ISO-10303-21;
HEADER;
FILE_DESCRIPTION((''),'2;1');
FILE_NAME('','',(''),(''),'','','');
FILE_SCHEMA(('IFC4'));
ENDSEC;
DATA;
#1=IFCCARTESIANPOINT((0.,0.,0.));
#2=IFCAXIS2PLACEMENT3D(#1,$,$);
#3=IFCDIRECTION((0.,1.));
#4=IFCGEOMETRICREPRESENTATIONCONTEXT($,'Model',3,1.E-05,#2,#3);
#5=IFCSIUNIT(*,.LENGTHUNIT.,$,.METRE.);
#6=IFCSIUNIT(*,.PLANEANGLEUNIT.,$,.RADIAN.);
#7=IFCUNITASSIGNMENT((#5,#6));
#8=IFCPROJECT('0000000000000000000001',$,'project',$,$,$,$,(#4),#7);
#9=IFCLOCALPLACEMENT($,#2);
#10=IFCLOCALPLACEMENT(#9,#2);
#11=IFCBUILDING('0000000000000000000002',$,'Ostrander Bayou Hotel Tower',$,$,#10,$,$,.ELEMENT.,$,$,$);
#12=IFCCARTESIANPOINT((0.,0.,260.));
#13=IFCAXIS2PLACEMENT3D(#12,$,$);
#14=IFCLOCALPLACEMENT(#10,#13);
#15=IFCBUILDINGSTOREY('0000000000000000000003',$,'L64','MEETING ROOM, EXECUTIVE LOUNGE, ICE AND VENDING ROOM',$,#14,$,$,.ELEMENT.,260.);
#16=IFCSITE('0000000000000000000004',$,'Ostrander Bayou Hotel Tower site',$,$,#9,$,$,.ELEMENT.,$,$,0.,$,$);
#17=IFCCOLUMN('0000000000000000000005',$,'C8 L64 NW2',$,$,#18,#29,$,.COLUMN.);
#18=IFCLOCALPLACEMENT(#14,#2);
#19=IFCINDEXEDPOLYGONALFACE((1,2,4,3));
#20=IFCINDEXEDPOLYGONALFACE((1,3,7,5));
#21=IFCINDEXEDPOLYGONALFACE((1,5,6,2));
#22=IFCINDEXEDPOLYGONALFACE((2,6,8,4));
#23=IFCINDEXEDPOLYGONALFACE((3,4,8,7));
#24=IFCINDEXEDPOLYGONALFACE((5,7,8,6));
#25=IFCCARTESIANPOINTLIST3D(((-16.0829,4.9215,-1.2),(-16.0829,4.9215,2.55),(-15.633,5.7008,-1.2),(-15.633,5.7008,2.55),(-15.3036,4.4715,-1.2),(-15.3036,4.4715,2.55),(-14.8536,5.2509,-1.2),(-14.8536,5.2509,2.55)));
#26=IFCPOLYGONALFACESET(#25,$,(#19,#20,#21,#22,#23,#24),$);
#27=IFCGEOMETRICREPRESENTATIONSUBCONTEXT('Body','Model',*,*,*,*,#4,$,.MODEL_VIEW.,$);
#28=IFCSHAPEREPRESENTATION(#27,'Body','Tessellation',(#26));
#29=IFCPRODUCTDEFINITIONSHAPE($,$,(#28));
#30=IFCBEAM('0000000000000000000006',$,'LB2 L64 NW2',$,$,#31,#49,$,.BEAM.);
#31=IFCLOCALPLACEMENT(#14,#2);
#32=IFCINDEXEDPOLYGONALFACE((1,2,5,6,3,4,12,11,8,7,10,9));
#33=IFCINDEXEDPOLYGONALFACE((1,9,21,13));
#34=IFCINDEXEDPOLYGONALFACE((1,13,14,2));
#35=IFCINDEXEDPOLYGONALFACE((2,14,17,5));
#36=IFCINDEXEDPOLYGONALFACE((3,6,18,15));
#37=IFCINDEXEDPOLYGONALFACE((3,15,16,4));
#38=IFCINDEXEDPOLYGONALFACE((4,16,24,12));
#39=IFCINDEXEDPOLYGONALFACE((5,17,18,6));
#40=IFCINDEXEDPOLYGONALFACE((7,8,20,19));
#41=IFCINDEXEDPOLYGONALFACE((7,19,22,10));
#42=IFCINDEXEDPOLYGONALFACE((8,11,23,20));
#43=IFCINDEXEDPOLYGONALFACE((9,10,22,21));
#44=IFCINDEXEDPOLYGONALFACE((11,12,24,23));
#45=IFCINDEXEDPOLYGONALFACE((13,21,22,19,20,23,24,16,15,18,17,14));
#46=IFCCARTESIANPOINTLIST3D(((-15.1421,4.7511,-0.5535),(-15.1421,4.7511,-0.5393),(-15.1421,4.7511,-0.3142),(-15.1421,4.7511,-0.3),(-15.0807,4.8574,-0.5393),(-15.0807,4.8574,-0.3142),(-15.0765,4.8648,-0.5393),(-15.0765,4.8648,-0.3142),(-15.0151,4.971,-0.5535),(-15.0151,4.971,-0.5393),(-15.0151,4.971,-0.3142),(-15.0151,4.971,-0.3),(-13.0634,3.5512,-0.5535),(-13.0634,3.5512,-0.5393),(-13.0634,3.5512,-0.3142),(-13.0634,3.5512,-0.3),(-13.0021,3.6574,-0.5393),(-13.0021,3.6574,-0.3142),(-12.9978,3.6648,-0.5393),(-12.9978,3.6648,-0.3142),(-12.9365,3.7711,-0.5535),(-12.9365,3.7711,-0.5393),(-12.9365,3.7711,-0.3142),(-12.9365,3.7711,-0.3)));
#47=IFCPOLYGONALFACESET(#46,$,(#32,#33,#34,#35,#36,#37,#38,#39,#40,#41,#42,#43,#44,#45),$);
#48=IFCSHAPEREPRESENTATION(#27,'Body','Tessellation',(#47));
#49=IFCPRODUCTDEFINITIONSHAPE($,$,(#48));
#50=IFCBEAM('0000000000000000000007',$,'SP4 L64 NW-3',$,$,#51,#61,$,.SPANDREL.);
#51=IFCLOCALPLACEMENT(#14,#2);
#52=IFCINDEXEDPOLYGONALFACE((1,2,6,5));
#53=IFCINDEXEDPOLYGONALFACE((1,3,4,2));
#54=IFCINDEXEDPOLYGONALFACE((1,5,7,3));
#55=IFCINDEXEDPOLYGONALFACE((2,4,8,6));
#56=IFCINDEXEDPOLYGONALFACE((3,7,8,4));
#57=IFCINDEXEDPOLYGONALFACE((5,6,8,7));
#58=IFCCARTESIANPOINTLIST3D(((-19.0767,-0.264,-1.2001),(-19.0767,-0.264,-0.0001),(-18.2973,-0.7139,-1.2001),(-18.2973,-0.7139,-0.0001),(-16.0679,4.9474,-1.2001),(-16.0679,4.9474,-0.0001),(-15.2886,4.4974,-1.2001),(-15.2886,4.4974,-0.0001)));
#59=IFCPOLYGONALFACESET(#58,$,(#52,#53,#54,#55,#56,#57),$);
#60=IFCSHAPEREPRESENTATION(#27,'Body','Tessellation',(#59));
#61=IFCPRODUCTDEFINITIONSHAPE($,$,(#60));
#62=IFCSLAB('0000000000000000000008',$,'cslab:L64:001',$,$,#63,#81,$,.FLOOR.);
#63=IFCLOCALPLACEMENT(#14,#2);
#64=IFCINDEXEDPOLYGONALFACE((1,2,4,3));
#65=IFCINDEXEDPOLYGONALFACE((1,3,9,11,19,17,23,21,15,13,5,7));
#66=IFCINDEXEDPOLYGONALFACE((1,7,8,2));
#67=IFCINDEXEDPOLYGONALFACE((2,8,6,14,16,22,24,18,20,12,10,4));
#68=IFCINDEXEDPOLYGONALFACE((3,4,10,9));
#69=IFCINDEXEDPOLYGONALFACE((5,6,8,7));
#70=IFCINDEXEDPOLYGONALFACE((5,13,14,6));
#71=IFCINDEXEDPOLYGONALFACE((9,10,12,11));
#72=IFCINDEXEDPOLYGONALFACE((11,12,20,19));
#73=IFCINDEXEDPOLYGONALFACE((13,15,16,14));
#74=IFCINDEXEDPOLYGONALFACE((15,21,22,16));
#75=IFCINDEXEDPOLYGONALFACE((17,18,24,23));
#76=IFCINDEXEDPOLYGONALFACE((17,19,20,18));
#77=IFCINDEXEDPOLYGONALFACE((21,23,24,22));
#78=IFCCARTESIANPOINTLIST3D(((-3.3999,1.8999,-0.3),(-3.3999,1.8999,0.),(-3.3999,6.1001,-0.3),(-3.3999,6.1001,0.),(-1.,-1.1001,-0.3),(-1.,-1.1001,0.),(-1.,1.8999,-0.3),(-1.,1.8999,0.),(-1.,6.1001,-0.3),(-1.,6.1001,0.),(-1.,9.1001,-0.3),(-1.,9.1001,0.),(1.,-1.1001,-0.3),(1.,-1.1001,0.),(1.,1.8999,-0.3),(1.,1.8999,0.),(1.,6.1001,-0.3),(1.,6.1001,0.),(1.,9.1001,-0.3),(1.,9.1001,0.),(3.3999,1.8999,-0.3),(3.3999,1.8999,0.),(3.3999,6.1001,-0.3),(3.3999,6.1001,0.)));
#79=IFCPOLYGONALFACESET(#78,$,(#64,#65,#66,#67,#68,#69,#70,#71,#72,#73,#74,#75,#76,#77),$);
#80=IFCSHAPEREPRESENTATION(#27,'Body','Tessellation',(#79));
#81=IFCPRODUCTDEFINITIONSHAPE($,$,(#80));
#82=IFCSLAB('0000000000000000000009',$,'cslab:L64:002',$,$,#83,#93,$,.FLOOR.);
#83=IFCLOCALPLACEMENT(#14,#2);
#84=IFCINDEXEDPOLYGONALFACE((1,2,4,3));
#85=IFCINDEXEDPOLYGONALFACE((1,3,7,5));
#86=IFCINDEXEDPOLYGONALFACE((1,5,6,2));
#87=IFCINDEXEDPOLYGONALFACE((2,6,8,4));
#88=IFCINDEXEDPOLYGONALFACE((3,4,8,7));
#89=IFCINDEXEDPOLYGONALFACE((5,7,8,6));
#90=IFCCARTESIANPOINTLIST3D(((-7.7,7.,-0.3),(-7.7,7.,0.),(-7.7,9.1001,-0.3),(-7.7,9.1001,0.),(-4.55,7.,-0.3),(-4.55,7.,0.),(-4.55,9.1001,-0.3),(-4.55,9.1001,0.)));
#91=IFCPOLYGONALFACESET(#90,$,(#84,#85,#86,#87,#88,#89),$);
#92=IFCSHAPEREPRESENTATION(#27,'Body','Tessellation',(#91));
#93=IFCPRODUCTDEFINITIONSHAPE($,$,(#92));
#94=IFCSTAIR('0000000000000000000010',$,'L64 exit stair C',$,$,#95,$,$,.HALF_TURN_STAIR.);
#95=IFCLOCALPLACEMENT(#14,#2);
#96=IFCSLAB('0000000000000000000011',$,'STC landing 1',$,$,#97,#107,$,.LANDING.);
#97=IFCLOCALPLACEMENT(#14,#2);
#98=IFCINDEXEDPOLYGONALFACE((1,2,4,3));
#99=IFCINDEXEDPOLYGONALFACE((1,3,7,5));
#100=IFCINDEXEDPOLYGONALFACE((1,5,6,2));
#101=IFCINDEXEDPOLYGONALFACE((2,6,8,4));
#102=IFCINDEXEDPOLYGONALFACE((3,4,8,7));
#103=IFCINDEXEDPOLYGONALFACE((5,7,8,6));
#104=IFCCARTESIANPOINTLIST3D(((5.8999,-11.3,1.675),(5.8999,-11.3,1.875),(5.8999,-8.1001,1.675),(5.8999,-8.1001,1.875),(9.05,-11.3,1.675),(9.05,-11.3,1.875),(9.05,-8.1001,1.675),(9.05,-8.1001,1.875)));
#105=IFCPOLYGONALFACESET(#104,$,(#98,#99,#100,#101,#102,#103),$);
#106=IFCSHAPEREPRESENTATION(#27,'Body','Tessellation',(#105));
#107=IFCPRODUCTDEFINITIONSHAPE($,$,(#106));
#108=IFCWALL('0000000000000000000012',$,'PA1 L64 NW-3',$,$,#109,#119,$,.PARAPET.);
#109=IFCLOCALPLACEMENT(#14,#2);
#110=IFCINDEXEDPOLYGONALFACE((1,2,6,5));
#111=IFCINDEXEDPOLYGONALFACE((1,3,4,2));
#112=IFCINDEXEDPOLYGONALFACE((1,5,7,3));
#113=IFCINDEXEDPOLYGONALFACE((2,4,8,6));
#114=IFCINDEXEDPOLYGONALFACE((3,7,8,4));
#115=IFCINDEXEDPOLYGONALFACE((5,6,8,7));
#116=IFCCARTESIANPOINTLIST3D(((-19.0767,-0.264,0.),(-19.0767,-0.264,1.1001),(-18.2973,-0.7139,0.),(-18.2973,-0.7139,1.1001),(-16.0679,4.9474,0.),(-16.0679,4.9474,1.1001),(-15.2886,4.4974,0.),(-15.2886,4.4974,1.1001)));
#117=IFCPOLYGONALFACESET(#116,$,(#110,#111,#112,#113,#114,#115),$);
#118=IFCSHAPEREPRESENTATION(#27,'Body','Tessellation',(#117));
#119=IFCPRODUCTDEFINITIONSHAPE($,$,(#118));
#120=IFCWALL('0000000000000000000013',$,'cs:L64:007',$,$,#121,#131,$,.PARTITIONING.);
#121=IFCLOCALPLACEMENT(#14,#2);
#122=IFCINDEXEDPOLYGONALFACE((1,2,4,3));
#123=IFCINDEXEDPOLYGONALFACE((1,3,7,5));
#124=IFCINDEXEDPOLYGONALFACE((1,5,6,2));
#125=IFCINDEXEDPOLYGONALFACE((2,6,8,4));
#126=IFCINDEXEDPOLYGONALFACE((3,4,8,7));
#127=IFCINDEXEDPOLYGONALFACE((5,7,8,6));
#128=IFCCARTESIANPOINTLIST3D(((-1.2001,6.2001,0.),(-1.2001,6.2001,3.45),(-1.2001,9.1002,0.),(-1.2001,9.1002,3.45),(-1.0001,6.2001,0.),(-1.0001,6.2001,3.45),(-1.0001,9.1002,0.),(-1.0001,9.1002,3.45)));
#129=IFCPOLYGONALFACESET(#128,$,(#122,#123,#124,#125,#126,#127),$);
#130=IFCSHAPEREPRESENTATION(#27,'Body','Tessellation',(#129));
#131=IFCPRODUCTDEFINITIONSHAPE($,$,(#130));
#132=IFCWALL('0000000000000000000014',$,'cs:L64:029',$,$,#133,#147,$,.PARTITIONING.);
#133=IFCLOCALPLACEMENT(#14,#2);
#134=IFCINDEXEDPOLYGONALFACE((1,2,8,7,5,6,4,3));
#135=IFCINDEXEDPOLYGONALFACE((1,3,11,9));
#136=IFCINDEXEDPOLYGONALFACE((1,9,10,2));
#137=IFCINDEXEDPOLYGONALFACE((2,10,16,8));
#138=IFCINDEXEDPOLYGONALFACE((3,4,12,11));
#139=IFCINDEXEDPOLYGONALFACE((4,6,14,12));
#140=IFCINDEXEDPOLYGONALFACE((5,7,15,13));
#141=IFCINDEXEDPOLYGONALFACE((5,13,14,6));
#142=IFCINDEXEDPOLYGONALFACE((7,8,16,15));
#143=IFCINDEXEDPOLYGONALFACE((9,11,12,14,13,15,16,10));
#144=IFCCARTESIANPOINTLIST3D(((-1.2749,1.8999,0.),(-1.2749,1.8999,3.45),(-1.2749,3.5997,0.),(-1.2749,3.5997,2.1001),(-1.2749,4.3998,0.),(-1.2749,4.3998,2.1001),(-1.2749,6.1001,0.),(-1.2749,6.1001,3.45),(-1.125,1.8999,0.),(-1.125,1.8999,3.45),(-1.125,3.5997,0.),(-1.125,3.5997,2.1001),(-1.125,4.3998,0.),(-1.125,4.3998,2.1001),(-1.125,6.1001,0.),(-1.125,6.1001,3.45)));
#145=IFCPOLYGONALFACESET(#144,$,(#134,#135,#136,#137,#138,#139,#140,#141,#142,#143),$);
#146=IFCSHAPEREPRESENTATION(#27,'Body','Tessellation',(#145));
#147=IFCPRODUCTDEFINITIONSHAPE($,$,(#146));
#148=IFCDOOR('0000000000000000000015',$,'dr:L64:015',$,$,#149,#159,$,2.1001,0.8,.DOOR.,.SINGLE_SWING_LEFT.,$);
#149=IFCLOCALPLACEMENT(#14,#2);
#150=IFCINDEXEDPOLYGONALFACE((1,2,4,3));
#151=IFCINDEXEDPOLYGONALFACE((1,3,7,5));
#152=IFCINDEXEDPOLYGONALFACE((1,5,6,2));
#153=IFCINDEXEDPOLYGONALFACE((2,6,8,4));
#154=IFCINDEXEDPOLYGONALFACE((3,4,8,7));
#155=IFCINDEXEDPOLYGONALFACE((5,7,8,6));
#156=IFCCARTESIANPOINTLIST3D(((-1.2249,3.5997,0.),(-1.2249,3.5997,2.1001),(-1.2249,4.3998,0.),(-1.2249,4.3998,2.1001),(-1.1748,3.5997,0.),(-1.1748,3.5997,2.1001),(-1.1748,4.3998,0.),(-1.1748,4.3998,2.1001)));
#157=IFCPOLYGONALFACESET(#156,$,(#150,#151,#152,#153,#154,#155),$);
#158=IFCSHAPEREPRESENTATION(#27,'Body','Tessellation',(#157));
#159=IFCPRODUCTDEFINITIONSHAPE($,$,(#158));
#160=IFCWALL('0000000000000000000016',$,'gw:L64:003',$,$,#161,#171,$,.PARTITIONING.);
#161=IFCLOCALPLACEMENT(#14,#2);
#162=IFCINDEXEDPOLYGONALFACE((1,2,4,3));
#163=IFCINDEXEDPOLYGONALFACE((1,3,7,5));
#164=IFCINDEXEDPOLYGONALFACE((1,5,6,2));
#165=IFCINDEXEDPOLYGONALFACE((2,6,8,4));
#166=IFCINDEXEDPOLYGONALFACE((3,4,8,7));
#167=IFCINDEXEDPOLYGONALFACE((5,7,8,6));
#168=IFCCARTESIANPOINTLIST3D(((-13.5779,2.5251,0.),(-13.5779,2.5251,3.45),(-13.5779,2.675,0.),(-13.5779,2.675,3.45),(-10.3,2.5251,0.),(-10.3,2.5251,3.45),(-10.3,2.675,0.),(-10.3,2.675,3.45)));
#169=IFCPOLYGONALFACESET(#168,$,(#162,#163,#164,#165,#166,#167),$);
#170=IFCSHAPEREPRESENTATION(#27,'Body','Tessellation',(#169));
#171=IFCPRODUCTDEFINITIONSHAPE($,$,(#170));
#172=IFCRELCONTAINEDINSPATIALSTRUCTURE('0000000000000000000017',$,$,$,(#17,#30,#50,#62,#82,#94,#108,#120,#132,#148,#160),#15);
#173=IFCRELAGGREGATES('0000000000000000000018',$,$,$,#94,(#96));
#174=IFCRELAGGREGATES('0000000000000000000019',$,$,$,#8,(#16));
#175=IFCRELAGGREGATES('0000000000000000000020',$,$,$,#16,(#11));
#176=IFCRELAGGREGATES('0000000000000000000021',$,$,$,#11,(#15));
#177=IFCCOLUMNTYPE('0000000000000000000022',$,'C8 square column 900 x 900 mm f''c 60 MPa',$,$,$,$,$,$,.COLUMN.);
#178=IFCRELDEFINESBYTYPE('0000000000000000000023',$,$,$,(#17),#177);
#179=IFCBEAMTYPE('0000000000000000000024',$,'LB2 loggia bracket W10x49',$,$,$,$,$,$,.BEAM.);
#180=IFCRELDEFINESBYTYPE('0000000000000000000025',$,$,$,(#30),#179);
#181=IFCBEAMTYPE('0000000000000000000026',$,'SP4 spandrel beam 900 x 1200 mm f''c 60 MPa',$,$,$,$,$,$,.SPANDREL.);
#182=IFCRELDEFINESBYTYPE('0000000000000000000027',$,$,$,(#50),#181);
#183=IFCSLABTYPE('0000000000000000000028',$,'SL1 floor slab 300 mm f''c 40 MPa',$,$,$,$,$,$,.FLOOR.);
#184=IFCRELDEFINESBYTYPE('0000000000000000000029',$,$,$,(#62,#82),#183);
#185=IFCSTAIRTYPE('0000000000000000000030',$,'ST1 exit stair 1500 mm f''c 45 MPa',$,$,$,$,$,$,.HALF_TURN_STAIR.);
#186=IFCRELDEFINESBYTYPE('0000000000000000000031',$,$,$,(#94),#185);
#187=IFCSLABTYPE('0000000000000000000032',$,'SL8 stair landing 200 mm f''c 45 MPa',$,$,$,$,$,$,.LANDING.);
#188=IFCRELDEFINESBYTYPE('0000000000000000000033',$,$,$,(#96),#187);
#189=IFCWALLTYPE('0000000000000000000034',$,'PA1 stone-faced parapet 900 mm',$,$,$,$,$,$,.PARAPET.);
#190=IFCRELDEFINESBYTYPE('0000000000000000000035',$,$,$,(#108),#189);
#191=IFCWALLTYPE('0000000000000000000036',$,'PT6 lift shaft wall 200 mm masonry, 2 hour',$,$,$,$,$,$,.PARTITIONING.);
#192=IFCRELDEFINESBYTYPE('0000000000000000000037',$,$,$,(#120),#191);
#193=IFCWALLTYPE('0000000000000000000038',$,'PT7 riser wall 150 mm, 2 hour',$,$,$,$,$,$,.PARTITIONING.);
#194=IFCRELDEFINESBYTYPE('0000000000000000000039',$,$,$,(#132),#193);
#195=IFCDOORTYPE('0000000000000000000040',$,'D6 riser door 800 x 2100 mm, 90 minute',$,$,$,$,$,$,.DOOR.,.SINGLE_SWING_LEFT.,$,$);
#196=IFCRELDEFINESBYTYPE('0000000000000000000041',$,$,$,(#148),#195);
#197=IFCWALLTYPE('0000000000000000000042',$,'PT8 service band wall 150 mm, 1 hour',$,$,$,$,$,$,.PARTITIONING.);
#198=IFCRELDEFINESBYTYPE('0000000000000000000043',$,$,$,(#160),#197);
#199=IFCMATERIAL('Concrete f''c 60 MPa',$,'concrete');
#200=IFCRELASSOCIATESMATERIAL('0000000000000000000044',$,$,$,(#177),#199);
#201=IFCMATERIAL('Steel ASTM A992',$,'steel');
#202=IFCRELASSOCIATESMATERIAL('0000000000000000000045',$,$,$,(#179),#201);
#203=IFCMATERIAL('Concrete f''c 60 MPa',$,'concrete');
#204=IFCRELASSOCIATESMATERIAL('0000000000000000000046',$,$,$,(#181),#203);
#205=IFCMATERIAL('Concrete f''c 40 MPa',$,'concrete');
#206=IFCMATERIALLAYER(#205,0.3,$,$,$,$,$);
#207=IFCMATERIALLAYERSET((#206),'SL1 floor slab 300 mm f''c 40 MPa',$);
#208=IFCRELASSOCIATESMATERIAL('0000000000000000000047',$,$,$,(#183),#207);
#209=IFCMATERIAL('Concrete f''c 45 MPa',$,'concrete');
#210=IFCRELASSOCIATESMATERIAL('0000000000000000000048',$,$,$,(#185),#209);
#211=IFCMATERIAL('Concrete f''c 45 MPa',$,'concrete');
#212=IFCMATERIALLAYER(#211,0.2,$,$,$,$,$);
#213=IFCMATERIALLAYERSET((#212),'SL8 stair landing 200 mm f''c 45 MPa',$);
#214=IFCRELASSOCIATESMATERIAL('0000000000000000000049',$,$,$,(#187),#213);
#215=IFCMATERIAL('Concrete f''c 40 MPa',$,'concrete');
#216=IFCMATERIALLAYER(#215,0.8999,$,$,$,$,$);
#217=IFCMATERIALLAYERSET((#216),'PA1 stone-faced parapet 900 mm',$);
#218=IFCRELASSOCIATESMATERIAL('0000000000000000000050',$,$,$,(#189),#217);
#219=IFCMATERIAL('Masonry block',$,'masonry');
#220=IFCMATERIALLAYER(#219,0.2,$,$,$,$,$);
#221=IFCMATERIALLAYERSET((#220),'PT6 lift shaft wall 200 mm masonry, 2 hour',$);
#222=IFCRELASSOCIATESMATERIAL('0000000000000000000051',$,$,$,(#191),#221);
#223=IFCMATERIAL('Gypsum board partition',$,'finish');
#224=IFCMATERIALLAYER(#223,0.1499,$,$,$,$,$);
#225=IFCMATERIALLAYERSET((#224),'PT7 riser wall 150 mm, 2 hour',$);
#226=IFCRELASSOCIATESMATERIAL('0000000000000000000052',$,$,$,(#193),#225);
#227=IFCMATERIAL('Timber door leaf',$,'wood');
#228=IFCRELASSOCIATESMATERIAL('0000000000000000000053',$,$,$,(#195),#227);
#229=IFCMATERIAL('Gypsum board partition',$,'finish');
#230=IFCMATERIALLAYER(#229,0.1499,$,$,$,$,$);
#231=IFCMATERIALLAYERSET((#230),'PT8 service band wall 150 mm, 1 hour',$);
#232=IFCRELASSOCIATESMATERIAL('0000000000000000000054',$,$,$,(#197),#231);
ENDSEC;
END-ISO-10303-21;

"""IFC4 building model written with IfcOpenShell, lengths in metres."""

from ifc_helpers import new_model, si_unit, direction, frame, frame_2d, origin, origin_2d, place, context, subcontext, project, spatial, polyline, rectangle, i_section, outline, extrude, material, layer, layer_set, material_profile, profile_set, type_object, element, fill, aggregate, save


model = new_model("IFC4")

# Units and contexts
model_context = context("Model", 3, precision=1e-05, world=origin(), true_north=direction((0.0, 1.0)))
body_context = subcontext(model_context, "Body", "Model", "MODEL_VIEW")
ifc_project = project(units=[si_unit("LENGTHUNIT", "METRE"), si_unit("PLANEANGLEUNIT", "RADIAN")], contexts=[model_context])

# Site, building, storey
site_placement = place(None, origin())
site = spatial("IfcSite", under=ifc_project, at=site_placement, Name="Ostrander Bayou Hotel Tower site", CompositionType="ELEMENT", RefElevation=0.0)
building_placement = place(site_placement, origin())
building = spatial("IfcBuilding", under=site, at=building_placement, Name="Ostrander Bayou Hotel Tower", CompositionType="ELEMENT")
storey_placement = place(building_placement, frame((0.0, 0.0, 260.0)))
storey = spatial("IfcBuildingStorey", under=building, at=storey_placement, Name="L64", Description="MEETING ROOM, EXECUTIVE LOUNGE, ICE AND VENDING ROOM", CompositionType="ELEMENT", Elevation=260.0)

# Column
ifc_material_1 = material(Name="Concrete f'c 60 MPa", Category="concrete")
ifc_material_profile_1 = material_profile(ifc_material_1, rectangle(XDim=0.8999, YDim=0.8999, at=origin_2d()))
ifc_profile_set_1 = profile_set([ifc_material_profile_1], Name="Concrete f'c 60 MPa")
column_type = type_object("IfcColumnType", Name="C8 square column 900 x 900 mm f'c 60 MPa", PredefinedType="COLUMN", material=ifc_profile_set_1)
column_placement = place(storey_placement, frame((-15.4683, 5.0862, -1.2), z_axis=(0.0, 0.0, 1.0), x_axis=(0.5, 0.866025, 0.0)))
element("IfcColumn", 1, at=column_placement, inside=storey, type_object=column_type, Name="C8 L64 NW2", PredefinedType="COLUMN", context=body_context, shape_type="SweptSolid", body=[
    extrude(rectangle(XDim=0.8999, YDim=0.8999, at=origin_2d()), origin(), (0.0, 0.0, 1.0), 3.75),
])

# Beams
ifc_material_2 = material(Name="Steel ASTM A992", Category="steel")
ifc_material_profile_2 = material_profile(ifc_material_2, i_section(OverallWidth=0.2539, OverallDepth=0.2534, WebThickness=0.0085, FlangeThickness=0.0142, at=origin_2d()))
ifc_profile_set_2 = profile_set([ifc_material_profile_2], Name="Steel ASTM A992")
beam_type_1 = type_object("IfcBeamType", Name="LB2 loggia bracket W10x49", PredefinedType="BEAM", material=ifc_profile_set_2)
beam_1_placement = place(storey_placement, frame((-15.0786, 4.8611, -0.4268), z_axis=(0.86605, -0.499957, 0.0), x_axis=(0.499957, 0.86605, 0.0)))
element("IfcBeam", 2, at=beam_1_placement, inside=storey, type_object=beam_type_1, Name="LB2 L64 NW2", PredefinedType="BEAM", context=body_context, shape_type="SweptSolid", body=[
    extrude(i_section(OverallWidth=0.2539, OverallDepth=0.2534, WebThickness=0.0085, FlangeThickness=0.0142, at=origin_2d()), origin(), (0.0, 0.0, 1.0), 2.4001),
])
ifc_material_3 = material(Name="Concrete f'c 60 MPa", Category="concrete")
ifc_material_profile_3 = material_profile(ifc_material_3, rectangle(XDim=0.8999, YDim=1.2, at=origin_2d()))
ifc_profile_set_3 = profile_set([ifc_material_profile_3], Name="Concrete f'c 60 MPa")
beam_type_2 = type_object("IfcBeamType", Name="SP4 spandrel beam 900 x 1200 mm f'c 60 MPa", PredefinedType="SPANDREL", material=ifc_profile_set_3)
beam_2_placement = place(storey_placement, frame((-15.6782, 4.7224, -0.6001), z_axis=(-0.499996, -0.866027, 0.0), x_axis=(0.866027, -0.499996, 0.0)))
element("IfcBeam", 3, at=beam_2_placement, inside=storey, type_object=beam_type_2, Name="SP4 L64 NW-3", PredefinedType="SPANDREL", context=body_context, shape_type="SweptSolid", body=[
    extrude(rectangle(XDim=0.8999, YDim=1.2, at=origin_2d()), origin(), (0.0, 0.0, 1.0), 6.0176),
])

# Slabs
ifc_material_4 = material(Name="Concrete f'c 40 MPa", Category="concrete")
ifc_layer_1 = layer(ifc_material_4, 0.3)
ifc_layer_set_1 = layer_set([ifc_layer_1], Name="SL1 floor slab 300 mm f'c 40 MPa")
slab_type_1 = type_object("IfcSlabType", Name="SL1 floor slab 300 mm f'c 40 MPa", PredefinedType="FLOOR", material=ifc_layer_set_1)
slab_1_placement = place(storey_placement, frame((0.0, 0.0, -0.3)))
element("IfcSlab", 4, at=slab_1_placement, inside=storey, type_object=slab_type_1, Name="cslab:L64:001", PredefinedType="FLOOR", context=body_context, shape_type="SweptSolid", body=[
    extrude(outline(polyline([(-3.3999, 6.1001), (-1.0, 6.1001), (-1.0, 9.1001), (1.0, 9.1001), (1.0, 6.1001), (3.3999, 6.1001), (3.3999, 1.8999), (1.0, 1.8999), (1.0, -1.1001), (-1.0, -1.1001), (-1.0, 1.8999), (-3.3999, 1.8999), (-3.3999, 6.1001)])), origin(), (0.0, 0.0, 1.0), 0.3),
])
slab_2_placement = place(storey_placement, frame((0.0, 0.0, -0.3)))
element("IfcSlab", 5, at=slab_2_placement, inside=storey, type_object=slab_type_1, Name="cslab:L64:002", PredefinedType="FLOOR", context=body_context, shape_type="SweptSolid", body=[
    extrude(outline(polyline([(-4.55, 7.0), (-4.55, 9.1001), (-7.7, 9.1001), (-7.7, 7.0), (-4.55, 7.0)])), origin(), (0.0, 0.0, 1.0), 0.3),
])

# Stair, slab
ifc_material_5 = material(Name="Concrete f'c 45 MPa", Category="concrete")
stair_type = type_object("IfcStairType", Name="ST1 exit stair 1500 mm f'c 45 MPa", PredefinedType="HALF_TURN_STAIR", material=ifc_material_5)
stair_1_placement = place(storey_placement, origin())
stair_1 = element("IfcStair", 6, at=stair_1_placement, inside=storey, type_object=stair_type, Name="L64 exit stair C", PredefinedType="HALF_TURN_STAIR")
ifc_material_6 = material(Name="Concrete f'c 45 MPa", Category="concrete")
ifc_layer_2 = layer(ifc_material_6, 0.2)
ifc_layer_set_2 = layer_set([ifc_layer_2], Name="SL8 stair landing 200 mm f'c 45 MPa")
slab_type_2 = type_object("IfcSlabType", Name="SL8 stair landing 200 mm f'c 45 MPa", PredefinedType="LANDING", material=ifc_layer_set_2)
slab_3_placement = place(storey_placement, frame((0.0, 0.0, 1.675)))
slab_3 = element("IfcSlab", 7, at=slab_3_placement, type_object=slab_type_2, Name="STC landing 1", PredefinedType="LANDING", context=body_context, shape_type="SweptSolid", body=[
    extrude(outline(polyline([(5.8999, -8.1001), (5.8999, -11.3), (9.05, -11.3), (9.05, -8.1001), (5.8999, -8.1001)])), origin(), (0.0, 0.0, 1.0), 0.2),
])
aggregate(stair_1, [slab_3])

# Wall
ifc_material_7 = material(Name="Concrete f'c 40 MPa", Category="concrete")
ifc_layer_3 = layer(ifc_material_7, 0.8999)
ifc_layer_set_3 = layer_set([ifc_layer_3], Name="PA1 stone-faced parapet 900 mm")
wall_type_1 = type_object("IfcWallType", Name="PA1 stone-faced parapet 900 mm", PredefinedType="PARAPET", material=ifc_layer_set_3)
wall_1_placement = place(storey_placement, frame((-15.6782, 4.7224, 0.0), z_axis=(0.0, 0.0, 1.0), x_axis=(-0.499996, -0.866027, 0.0)))
element("IfcWall", 8, at=wall_1_placement, inside=storey, type_object=wall_type_1, Name="PA1 L64 NW-3", PredefinedType="PARAPET", context=body_context, shape_type="SweptSolid", body=[
    extrude(rectangle(XDim=6.0176, YDim=0.8999, at=frame_2d((3.0088, 0.0))), origin(), (0.0, 0.0, 1.0), 1.1001),
])

# Shared definitions
ifc_material_8 = material(Name="Masonry block", Category="masonry")
ifc_layer_4 = layer(ifc_material_8, 0.2)
ifc_layer_set_4 = layer_set([ifc_layer_4], Name="PT6 lift shaft wall 200 mm masonry, 2 hour")
wall_type_2 = type_object("IfcWallType", Name="PT6 lift shaft wall 200 mm masonry, 2 hour", PredefinedType="PARTITIONING", material=ifc_layer_set_4)

# Wall
wall_2_placement = place(storey_placement, frame((-1.1001, 6.2, 0.0), z_axis=(0.0, 0.0, 1.0), x_axis=(0.0, 1.0, 0.0)))
element("IfcWall", 9, at=wall_2_placement, inside=storey, type_object=wall_type_2, Name="cs:L64:007", PredefinedType="PARTITIONING", context=body_context, shape_type="SweptSolid", body=[
    extrude(rectangle(XDim=2.9001, YDim=0.2, at=frame_2d((1.4502, 0.0))), origin(), (0.0, 0.0, 1.0), 3.45),
])

# Wall, opening, door
ifc_material_9 = material(Name="Gypsum board partition", Category="finish")
ifc_layer_5 = layer(ifc_material_9, 0.1499)
ifc_layer_set_5 = layer_set([ifc_layer_5], Name="PT7 riser wall 150 mm, 2 hour")
wall_type_3 = type_object("IfcWallType", Name="PT7 riser wall 150 mm, 2 hour", PredefinedType="PARTITIONING", material=ifc_layer_set_5)
wall_3_placement = place(storey_placement, frame((-1.2, 1.8999, 0.0), z_axis=(0.0, 0.0, 1.0), x_axis=(0.0, 1.0, 0.0)))
wall_3 = element("IfcWall", 10, at=wall_3_placement, inside=storey, type_object=wall_type_3, Name="cs:L64:029", PredefinedType="PARTITIONING", context=body_context, shape_type="SweptSolid", body=[
    extrude(rectangle(XDim=4.2002, YDim=0.1499, at=frame_2d((2.1001, 0.0))), origin(), (0.0, 0.0, 1.0), 3.45),
])
opening_1_placement = place(wall_3_placement, frame((1.7, 0.0, 0.0)))
opening_1 = element("IfcOpeningElement", 11, at=opening_1_placement, cuts=wall_3, PredefinedType="OPENING", context=body_context, shape_type="SweptSolid", body=[
    extrude(rectangle(XDim=0.8, YDim=2.1001, at=frame_2d((0.3999, 1.05))), frame((0.0, 0.075, 0.0), z_axis=(0.0, -1.0, 0.0), x_axis=(1.0, 0.0, 0.0)), (0.0, 0.0, 1.0), 0.1499),
])
ifc_material_10 = material(Name="Timber door leaf", Category="wood")
door_type_1 = type_object("IfcDoorType", Name="D6 riser door 800 x 2100 mm, 90 minute", OperationType="SINGLE_SWING_LEFT", PredefinedType="DOOR", material=ifc_material_10)
door_1_placement = place(opening_1_placement, origin())
door_1 = element("IfcDoor", 12, at=door_1_placement, inside=storey, type_object=door_type_1, Name="dr:L64:015", OperationType="SINGLE_SWING_LEFT", OverallHeight=2.1001, OverallWidth=0.8, PredefinedType="DOOR", context=body_context, shape_type="SweptSolid", body=[
    extrude(rectangle(XDim=0.8, YDim=2.1001, at=frame_2d((0.3999, 1.05))), frame((0.0, 0.0249, 0.0), z_axis=(0.0, -1.0, 0.0), x_axis=(1.0, 0.0, 0.0)), (0.0, 0.0, 1.0), 0.05),
])
fill(opening_1, door_1)

# Wall
ifc_material_11 = material(Name="Gypsum board partition", Category="finish")
ifc_layer_6 = layer(ifc_material_11, 0.1499)
ifc_layer_set_6 = layer_set([ifc_layer_6], Name="PT8 service band wall 150 mm, 1 hour")
wall_type_4 = type_object("IfcWallType", Name="PT8 service band wall 150 mm, 1 hour", PredefinedType="PARTITIONING", material=ifc_layer_set_6)
wall_4_placement = place(storey_placement, frame((-13.5779, 2.6001, 0.0), z_axis=(0.0, 0.0, 1.0), x_axis=(1.0, 0.0, 0.0)))
element("IfcWall", 13, at=wall_4_placement, inside=storey, type_object=wall_type_4, Name="gw:L64:003", PredefinedType="PARTITIONING", context=body_context, shape_type="SweptSolid", body=[
    extrude(rectangle(XDim=3.2778, YDim=0.1499, at=frame_2d((1.6389, 0.0))), origin(), (0.0, 0.0, 1.0), 3.45),
])

save(model, "model.ifc")
